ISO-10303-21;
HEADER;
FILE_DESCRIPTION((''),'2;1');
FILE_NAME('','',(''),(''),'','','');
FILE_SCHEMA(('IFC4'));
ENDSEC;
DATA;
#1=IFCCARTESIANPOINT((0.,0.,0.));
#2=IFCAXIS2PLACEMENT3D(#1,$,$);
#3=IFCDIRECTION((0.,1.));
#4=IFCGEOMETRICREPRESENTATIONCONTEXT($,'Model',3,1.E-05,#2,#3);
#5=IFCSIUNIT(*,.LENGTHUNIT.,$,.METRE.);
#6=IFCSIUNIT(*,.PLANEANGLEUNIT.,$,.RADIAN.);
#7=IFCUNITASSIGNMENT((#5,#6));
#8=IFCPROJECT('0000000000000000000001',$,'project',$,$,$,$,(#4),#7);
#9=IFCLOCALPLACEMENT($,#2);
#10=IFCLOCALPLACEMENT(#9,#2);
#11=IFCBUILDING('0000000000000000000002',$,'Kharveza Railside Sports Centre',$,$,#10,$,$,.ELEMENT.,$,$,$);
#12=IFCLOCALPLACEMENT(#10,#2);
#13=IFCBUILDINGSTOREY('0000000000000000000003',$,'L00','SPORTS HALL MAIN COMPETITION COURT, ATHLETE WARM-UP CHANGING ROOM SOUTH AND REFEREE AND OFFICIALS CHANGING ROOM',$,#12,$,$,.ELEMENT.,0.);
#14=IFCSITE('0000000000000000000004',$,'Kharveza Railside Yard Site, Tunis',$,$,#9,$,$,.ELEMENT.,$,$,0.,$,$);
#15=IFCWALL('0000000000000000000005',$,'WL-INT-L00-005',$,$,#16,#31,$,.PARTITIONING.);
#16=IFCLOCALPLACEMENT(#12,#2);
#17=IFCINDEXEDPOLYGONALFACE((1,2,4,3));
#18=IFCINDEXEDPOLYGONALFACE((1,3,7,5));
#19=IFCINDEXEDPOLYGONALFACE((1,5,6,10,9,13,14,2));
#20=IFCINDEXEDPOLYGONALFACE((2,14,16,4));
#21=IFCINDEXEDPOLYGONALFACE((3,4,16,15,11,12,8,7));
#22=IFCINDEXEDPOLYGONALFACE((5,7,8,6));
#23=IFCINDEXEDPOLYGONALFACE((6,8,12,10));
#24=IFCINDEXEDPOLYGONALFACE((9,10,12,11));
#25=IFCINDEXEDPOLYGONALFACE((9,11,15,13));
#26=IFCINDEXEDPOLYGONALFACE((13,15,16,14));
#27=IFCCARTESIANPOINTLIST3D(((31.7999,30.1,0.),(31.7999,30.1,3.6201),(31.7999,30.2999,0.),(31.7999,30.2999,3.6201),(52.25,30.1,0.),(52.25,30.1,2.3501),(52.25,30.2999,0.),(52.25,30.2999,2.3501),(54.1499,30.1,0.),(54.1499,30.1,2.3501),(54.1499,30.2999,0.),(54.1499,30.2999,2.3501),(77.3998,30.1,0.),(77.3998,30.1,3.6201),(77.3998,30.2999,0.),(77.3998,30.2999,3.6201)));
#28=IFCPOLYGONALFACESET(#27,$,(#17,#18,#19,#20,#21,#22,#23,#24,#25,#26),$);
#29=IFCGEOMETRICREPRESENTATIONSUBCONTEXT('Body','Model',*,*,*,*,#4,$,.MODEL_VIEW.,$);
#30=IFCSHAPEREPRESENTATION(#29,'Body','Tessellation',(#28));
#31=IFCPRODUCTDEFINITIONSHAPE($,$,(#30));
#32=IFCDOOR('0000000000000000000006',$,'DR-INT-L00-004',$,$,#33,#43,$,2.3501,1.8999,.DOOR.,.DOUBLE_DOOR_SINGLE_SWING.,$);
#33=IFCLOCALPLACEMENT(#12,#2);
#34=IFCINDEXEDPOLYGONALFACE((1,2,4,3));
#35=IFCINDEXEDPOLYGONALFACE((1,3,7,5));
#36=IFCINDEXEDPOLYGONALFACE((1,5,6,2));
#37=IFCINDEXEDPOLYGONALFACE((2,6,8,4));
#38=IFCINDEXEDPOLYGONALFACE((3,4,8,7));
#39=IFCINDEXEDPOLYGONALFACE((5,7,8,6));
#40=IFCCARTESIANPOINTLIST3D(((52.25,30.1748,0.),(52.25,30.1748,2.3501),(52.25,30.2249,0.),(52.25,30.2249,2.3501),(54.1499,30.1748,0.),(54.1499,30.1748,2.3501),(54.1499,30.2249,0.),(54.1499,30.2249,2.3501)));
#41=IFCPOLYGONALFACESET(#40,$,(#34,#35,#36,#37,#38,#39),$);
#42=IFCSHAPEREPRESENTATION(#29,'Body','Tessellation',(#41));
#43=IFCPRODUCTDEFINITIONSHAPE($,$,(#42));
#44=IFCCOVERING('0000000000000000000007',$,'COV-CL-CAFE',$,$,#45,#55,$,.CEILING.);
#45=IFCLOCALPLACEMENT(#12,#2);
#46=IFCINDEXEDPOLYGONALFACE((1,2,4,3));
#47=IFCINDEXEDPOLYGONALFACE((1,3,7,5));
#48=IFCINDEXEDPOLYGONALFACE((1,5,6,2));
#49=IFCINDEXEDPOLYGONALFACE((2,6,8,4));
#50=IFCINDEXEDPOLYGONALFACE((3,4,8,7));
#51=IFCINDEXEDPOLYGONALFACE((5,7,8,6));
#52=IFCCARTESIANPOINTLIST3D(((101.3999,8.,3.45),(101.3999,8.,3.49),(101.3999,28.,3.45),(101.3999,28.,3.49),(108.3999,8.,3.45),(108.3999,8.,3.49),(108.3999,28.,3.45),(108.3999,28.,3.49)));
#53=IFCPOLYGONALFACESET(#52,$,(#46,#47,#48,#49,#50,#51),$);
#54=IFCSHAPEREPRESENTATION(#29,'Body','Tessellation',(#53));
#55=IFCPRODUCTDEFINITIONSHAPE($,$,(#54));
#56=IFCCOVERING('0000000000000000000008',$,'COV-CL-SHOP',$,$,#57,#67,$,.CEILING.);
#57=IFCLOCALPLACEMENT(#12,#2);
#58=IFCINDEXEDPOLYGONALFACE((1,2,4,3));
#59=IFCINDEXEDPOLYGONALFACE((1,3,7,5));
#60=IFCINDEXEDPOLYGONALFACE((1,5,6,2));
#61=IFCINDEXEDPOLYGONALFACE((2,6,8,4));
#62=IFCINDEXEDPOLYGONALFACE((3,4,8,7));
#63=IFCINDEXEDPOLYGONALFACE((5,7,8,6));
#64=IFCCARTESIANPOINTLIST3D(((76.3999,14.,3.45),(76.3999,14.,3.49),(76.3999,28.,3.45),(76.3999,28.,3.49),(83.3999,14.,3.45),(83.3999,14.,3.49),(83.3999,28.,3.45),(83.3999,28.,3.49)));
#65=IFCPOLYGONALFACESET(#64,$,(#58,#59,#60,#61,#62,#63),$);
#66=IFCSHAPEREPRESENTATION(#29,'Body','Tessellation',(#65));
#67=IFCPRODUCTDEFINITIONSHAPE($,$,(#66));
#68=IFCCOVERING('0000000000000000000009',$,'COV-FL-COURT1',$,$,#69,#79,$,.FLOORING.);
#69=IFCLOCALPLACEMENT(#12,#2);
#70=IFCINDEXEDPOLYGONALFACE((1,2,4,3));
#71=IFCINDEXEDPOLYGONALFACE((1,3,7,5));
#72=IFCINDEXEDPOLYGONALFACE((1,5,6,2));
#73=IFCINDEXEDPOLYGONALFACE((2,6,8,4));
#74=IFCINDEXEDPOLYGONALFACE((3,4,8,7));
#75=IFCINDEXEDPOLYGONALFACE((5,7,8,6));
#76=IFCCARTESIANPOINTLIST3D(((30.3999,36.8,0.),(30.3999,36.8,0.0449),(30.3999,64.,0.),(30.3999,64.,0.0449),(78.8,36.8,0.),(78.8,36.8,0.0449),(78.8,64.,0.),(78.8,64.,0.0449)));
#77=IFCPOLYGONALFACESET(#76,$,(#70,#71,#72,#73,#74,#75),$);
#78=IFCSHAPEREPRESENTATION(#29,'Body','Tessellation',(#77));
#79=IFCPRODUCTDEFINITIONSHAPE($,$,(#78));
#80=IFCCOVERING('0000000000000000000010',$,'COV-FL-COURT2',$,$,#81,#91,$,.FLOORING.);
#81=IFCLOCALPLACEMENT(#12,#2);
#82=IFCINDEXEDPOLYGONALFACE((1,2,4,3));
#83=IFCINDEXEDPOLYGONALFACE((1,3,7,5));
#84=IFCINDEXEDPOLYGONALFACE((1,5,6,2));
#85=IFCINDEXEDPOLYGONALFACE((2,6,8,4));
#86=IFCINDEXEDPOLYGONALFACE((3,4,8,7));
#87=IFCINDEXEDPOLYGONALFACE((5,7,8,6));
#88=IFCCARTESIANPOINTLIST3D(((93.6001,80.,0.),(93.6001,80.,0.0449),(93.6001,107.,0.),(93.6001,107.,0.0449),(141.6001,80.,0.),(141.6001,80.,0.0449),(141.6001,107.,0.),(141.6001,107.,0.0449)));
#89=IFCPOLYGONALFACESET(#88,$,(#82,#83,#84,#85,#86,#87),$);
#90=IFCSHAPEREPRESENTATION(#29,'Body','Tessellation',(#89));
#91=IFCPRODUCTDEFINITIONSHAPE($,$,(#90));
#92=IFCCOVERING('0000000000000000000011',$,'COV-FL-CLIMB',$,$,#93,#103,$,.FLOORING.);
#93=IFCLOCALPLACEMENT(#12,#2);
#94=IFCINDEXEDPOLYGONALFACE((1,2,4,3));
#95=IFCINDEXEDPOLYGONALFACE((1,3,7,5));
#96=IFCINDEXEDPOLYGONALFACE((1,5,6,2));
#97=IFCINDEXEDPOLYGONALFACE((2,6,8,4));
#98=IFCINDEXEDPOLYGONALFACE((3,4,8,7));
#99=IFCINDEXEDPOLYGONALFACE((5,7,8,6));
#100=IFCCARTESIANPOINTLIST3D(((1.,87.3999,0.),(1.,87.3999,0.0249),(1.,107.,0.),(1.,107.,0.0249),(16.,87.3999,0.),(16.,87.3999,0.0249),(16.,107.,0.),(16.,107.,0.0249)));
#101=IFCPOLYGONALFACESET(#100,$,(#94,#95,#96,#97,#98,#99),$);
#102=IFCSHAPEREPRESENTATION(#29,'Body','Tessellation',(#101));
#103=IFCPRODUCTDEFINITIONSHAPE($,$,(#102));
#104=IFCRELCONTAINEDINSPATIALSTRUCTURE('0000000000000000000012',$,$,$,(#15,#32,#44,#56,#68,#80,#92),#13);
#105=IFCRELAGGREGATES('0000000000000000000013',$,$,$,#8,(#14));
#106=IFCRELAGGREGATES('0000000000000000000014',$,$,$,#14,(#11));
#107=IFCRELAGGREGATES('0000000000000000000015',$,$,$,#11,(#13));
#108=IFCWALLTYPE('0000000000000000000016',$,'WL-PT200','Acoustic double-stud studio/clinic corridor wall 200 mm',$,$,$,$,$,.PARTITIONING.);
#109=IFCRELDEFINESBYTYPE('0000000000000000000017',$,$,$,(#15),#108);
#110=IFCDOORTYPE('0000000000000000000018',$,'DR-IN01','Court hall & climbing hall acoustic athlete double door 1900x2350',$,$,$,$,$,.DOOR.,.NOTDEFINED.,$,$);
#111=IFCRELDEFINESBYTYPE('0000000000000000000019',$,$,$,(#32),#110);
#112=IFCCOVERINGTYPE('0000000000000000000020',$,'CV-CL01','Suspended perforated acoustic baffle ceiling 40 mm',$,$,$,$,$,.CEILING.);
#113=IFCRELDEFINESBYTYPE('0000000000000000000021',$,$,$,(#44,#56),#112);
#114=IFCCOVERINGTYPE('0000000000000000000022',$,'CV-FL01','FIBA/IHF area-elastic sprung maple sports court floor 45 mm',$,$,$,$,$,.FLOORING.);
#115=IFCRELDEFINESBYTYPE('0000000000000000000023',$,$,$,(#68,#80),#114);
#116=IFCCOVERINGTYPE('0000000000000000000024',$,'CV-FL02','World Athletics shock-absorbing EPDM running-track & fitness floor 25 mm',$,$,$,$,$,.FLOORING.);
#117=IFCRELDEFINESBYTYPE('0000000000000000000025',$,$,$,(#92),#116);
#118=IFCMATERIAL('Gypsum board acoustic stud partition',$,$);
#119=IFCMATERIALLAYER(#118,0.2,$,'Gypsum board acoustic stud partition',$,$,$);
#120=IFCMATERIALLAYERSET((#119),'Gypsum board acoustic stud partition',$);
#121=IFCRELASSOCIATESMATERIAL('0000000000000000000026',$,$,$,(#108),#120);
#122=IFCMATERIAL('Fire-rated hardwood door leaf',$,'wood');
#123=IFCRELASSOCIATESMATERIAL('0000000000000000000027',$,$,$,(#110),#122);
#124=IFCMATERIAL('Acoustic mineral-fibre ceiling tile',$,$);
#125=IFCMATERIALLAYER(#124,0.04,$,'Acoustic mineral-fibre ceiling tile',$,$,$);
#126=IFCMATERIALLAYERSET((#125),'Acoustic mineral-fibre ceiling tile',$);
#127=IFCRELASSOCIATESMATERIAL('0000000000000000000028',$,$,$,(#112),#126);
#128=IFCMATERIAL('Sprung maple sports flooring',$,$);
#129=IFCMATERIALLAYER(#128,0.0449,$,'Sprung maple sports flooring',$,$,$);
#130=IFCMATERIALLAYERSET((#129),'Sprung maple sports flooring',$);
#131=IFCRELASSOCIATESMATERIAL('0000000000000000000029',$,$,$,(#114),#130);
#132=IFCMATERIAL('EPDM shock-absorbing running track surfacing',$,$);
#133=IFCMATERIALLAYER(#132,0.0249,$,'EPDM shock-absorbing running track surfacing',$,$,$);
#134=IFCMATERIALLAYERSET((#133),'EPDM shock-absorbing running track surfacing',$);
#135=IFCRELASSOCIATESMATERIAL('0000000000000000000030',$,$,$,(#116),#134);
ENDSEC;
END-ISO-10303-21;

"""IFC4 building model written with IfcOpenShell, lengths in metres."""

from ifc_helpers import new_model, si_unit, direction, frame, frame_2d, origin, place, context, subcontext, project, spatial, polyline, rectangle, outline, extrude, material, layer, layer_set, type_object, element, fill, save


model = new_model("IFC4")

# Units and contexts
model_context = context("Model", 3, precision=1e-05, world=origin(), true_north=direction((0.0, 1.0)))
body_context = subcontext(model_context, "Body", "Model", "MODEL_VIEW")
ifc_project = project(units=[si_unit("LENGTHUNIT", "METRE"), si_unit("PLANEANGLEUNIT", "RADIAN")], contexts=[model_context])

# Site, building, storey
site_placement = place(None, origin())
site = spatial("IfcSite", under=ifc_project, at=site_placement, Name="Kharveza Railside Yard Site, Tunis", CompositionType="ELEMENT", RefElevation=0.0)
building_placement = place(site_placement, origin())
building = spatial("IfcBuilding", under=site, at=building_placement, Name="Kharveza Railside Sports Centre", CompositionType="ELEMENT")
storey_placement = place(building_placement, origin())
storey = spatial("IfcBuildingStorey", under=building, at=storey_placement, Name="L00", Description="SPORTS HALL MAIN COMPETITION COURT, ATHLETE WARM-UP CHANGING ROOM SOUTH AND REFEREE AND OFFICIALS CHANGING ROOM", CompositionType="ELEMENT", Elevation=0.0)

# Wall, opening, door
ifc_material_1 = material(Name="Gypsum board acoustic stud partition")
ifc_layer_1 = layer(ifc_material_1, 0.2, Name="Gypsum board acoustic stud partition")
ifc_layer_set_1 = layer_set([ifc_layer_1], Name="Gypsum board acoustic stud partition")
wall_type_1 = type_object("IfcWallType", Name="WL-PT200", Description="Acoustic double-stud studio/clinic corridor wall 200 mm", PredefinedType="PARTITIONING", material=ifc_layer_set_1)
wall_1_placement = place(storey_placement, frame((31.8, 30.2, 0.0), z_axis=(0.0, 0.0, 1.0), x_axis=(1.0, 0.0, 0.0)))
wall_1 = element("IfcWall", 1, at=wall_1_placement, inside=storey, type_object=wall_type_1, Name="WL-INT-L00-005", PredefinedType="PARTITIONING", context=body_context, shape_type="SweptSolid", body=[
    extrude(rectangle(XDim=45.5999, YDim=0.2, at=frame_2d((22.7998, 0.0))), origin(), (0.0, 0.0, 1.0), 3.6201),
])
opening_1_placement = place(wall_1_placement, frame((20.45, 0.0, 0.0)))
opening_1 = element("IfcOpeningElement", 2, at=opening_1_placement, cuts=wall_1, PredefinedType="OPENING", context=body_context, shape_type="SweptSolid", body=[
    extrude(rectangle(XDim=1.8999, YDim=2.3501, at=frame_2d((0.95, 1.175))), frame((0.0, 0.125, 0.0), z_axis=(0.0, -1.0, 0.0), x_axis=(1.0, 0.0, 0.0)), (0.0, 0.0, 1.0), 0.2498),
])
ifc_material_2 = material(Name="Fire-rated hardwood door leaf", Category="wood")
door_type = type_object("IfcDoorType", Name="DR-IN01", Description="Court hall & climbing hall acoustic athlete double door 1900x2350", OperationType="NOTDEFINED", PredefinedType="DOOR", material=ifc_material_2)
door_placement = place(opening_1_placement, origin())
door = element("IfcDoor", 3, at=door_placement, inside=storey, type_object=door_type, Name="DR-INT-L00-004", OperationType="DOUBLE_DOOR_SINGLE_SWING", OverallHeight=2.3501, OverallWidth=1.8999, PredefinedType="DOOR", context=body_context, shape_type="SweptSolid", body=[
    extrude(rectangle(XDim=1.8999, YDim=2.3501, at=frame_2d((0.95, 1.175))), frame((0.0, 0.0249, 0.0), z_axis=(0.0, -1.0, 0.0), x_axis=(1.0, 0.0, 0.0)), (0.0, 0.0, 1.0), 0.05),
])
fill(opening_1, door)

# Coverings
ifc_material_3 = material(Name="Acoustic mineral-fibre ceiling tile")
ifc_layer_2 = layer(ifc_material_3, 0.04, Name="Acoustic mineral-fibre ceiling tile")
ifc_layer_set_2 = layer_set([ifc_layer_2], Name="Acoustic mineral-fibre ceiling tile")
covering_type_1 = type_object("IfcCoveringType", Name="CV-CL01", Description="Suspended perforated acoustic baffle ceiling 40 mm", PredefinedType="CEILING", material=ifc_layer_set_2)
covering_1_placement = place(storey_placement, frame((0.0, 0.0, 3.45)))
element("IfcCovering", 4, at=covering_1_placement, inside=storey, type_object=covering_type_1, Name="COV-CL-CAFE", PredefinedType="CEILING", context=body_context, shape_type="SweptSolid", body=[
    extrude(outline(polyline([(101.3999, 28.0), (108.3999, 28.0), (108.3999, 8.0), (101.3999, 8.0), (101.3999, 28.0)])), origin(), (0.0, 0.0, 1.0), 0.04),
])
covering_2_placement = place(storey_placement, frame((0.0, 0.0, 3.45)))
element("IfcCovering", 5, at=covering_2_placement, inside=storey, type_object=covering_type_1, Name="COV-CL-SHOP", PredefinedType="CEILING", context=body_context, shape_type="SweptSolid", body=[
    extrude(outline(polyline([(76.3999, 28.0), (83.3999, 28.0), (83.3999, 14.0), (76.3999, 14.0), (76.3999, 28.0)])), origin(), (0.0, 0.0, 1.0), 0.04),
])
ifc_material_4 = material(Name="Sprung maple sports flooring")
ifc_layer_3 = layer(ifc_material_4, 0.0449, Name="Sprung maple sports flooring")
ifc_layer_set_3 = layer_set([ifc_layer_3], Name="Sprung maple sports flooring")
covering_type_2 = type_object("IfcCoveringType", Name="CV-FL01", Description="FIBA/IHF area-elastic sprung maple sports court floor 45 mm", PredefinedType="FLOORING", material=ifc_layer_set_3)
covering_3_placement = place(storey_placement, origin())
element("IfcCovering", 6, at=covering_3_placement, inside=storey, type_object=covering_type_2, Name="COV-FL-COURT1", PredefinedType="FLOORING", context=body_context, shape_type="SweptSolid", body=[
    extrude(outline(polyline([(30.3999, 64.0), (78.8, 64.0), (78.8, 36.8), (30.3999, 36.8), (30.3999, 64.0)])), origin(), (0.0, 0.0, 1.0), 0.0449),
])
covering_4_placement = place(storey_placement, origin())
element("IfcCovering", 7, at=covering_4_placement, inside=storey, type_object=covering_type_2, Name="COV-FL-COURT2", PredefinedType="FLOORING", context=body_context, shape_type="SweptSolid", body=[
    extrude(outline(polyline([(93.6001, 107.0), (141.6001, 107.0), (141.6001, 80.0), (93.6001, 80.0), (93.6001, 107.0)])), origin(), (0.0, 0.0, 1.0), 0.0449),
])
ifc_material_5 = material(Name="EPDM shock-absorbing running track surfacing")
ifc_layer_4 = layer(ifc_material_5, 0.0249, Name="EPDM shock-absorbing running track surfacing")
ifc_layer_set_4 = layer_set([ifc_layer_4], Name="EPDM shock-absorbing running track surfacing")
covering_type_3 = type_object("IfcCoveringType", Name="CV-FL02", Description="World Athletics shock-absorbing EPDM running-track & fitness floor 25 mm", PredefinedType="FLOORING", material=ifc_layer_set_4)
covering_5_placement = place(storey_placement, origin())
element("IfcCovering", 8, at=covering_5_placement, inside=storey, type_object=covering_type_3, Name="COV-FL-CLIMB", PredefinedType="FLOORING", context=body_context, shape_type="SweptSolid", body=[
    extrude(outline(polyline([(1.0, 107.0), (16.0, 107.0), (16.0, 87.3999), (1.0, 87.3999), (1.0, 107.0)])), origin(), (0.0, 0.0, 1.0), 0.0249),
])

save(model, "model.ifc")
